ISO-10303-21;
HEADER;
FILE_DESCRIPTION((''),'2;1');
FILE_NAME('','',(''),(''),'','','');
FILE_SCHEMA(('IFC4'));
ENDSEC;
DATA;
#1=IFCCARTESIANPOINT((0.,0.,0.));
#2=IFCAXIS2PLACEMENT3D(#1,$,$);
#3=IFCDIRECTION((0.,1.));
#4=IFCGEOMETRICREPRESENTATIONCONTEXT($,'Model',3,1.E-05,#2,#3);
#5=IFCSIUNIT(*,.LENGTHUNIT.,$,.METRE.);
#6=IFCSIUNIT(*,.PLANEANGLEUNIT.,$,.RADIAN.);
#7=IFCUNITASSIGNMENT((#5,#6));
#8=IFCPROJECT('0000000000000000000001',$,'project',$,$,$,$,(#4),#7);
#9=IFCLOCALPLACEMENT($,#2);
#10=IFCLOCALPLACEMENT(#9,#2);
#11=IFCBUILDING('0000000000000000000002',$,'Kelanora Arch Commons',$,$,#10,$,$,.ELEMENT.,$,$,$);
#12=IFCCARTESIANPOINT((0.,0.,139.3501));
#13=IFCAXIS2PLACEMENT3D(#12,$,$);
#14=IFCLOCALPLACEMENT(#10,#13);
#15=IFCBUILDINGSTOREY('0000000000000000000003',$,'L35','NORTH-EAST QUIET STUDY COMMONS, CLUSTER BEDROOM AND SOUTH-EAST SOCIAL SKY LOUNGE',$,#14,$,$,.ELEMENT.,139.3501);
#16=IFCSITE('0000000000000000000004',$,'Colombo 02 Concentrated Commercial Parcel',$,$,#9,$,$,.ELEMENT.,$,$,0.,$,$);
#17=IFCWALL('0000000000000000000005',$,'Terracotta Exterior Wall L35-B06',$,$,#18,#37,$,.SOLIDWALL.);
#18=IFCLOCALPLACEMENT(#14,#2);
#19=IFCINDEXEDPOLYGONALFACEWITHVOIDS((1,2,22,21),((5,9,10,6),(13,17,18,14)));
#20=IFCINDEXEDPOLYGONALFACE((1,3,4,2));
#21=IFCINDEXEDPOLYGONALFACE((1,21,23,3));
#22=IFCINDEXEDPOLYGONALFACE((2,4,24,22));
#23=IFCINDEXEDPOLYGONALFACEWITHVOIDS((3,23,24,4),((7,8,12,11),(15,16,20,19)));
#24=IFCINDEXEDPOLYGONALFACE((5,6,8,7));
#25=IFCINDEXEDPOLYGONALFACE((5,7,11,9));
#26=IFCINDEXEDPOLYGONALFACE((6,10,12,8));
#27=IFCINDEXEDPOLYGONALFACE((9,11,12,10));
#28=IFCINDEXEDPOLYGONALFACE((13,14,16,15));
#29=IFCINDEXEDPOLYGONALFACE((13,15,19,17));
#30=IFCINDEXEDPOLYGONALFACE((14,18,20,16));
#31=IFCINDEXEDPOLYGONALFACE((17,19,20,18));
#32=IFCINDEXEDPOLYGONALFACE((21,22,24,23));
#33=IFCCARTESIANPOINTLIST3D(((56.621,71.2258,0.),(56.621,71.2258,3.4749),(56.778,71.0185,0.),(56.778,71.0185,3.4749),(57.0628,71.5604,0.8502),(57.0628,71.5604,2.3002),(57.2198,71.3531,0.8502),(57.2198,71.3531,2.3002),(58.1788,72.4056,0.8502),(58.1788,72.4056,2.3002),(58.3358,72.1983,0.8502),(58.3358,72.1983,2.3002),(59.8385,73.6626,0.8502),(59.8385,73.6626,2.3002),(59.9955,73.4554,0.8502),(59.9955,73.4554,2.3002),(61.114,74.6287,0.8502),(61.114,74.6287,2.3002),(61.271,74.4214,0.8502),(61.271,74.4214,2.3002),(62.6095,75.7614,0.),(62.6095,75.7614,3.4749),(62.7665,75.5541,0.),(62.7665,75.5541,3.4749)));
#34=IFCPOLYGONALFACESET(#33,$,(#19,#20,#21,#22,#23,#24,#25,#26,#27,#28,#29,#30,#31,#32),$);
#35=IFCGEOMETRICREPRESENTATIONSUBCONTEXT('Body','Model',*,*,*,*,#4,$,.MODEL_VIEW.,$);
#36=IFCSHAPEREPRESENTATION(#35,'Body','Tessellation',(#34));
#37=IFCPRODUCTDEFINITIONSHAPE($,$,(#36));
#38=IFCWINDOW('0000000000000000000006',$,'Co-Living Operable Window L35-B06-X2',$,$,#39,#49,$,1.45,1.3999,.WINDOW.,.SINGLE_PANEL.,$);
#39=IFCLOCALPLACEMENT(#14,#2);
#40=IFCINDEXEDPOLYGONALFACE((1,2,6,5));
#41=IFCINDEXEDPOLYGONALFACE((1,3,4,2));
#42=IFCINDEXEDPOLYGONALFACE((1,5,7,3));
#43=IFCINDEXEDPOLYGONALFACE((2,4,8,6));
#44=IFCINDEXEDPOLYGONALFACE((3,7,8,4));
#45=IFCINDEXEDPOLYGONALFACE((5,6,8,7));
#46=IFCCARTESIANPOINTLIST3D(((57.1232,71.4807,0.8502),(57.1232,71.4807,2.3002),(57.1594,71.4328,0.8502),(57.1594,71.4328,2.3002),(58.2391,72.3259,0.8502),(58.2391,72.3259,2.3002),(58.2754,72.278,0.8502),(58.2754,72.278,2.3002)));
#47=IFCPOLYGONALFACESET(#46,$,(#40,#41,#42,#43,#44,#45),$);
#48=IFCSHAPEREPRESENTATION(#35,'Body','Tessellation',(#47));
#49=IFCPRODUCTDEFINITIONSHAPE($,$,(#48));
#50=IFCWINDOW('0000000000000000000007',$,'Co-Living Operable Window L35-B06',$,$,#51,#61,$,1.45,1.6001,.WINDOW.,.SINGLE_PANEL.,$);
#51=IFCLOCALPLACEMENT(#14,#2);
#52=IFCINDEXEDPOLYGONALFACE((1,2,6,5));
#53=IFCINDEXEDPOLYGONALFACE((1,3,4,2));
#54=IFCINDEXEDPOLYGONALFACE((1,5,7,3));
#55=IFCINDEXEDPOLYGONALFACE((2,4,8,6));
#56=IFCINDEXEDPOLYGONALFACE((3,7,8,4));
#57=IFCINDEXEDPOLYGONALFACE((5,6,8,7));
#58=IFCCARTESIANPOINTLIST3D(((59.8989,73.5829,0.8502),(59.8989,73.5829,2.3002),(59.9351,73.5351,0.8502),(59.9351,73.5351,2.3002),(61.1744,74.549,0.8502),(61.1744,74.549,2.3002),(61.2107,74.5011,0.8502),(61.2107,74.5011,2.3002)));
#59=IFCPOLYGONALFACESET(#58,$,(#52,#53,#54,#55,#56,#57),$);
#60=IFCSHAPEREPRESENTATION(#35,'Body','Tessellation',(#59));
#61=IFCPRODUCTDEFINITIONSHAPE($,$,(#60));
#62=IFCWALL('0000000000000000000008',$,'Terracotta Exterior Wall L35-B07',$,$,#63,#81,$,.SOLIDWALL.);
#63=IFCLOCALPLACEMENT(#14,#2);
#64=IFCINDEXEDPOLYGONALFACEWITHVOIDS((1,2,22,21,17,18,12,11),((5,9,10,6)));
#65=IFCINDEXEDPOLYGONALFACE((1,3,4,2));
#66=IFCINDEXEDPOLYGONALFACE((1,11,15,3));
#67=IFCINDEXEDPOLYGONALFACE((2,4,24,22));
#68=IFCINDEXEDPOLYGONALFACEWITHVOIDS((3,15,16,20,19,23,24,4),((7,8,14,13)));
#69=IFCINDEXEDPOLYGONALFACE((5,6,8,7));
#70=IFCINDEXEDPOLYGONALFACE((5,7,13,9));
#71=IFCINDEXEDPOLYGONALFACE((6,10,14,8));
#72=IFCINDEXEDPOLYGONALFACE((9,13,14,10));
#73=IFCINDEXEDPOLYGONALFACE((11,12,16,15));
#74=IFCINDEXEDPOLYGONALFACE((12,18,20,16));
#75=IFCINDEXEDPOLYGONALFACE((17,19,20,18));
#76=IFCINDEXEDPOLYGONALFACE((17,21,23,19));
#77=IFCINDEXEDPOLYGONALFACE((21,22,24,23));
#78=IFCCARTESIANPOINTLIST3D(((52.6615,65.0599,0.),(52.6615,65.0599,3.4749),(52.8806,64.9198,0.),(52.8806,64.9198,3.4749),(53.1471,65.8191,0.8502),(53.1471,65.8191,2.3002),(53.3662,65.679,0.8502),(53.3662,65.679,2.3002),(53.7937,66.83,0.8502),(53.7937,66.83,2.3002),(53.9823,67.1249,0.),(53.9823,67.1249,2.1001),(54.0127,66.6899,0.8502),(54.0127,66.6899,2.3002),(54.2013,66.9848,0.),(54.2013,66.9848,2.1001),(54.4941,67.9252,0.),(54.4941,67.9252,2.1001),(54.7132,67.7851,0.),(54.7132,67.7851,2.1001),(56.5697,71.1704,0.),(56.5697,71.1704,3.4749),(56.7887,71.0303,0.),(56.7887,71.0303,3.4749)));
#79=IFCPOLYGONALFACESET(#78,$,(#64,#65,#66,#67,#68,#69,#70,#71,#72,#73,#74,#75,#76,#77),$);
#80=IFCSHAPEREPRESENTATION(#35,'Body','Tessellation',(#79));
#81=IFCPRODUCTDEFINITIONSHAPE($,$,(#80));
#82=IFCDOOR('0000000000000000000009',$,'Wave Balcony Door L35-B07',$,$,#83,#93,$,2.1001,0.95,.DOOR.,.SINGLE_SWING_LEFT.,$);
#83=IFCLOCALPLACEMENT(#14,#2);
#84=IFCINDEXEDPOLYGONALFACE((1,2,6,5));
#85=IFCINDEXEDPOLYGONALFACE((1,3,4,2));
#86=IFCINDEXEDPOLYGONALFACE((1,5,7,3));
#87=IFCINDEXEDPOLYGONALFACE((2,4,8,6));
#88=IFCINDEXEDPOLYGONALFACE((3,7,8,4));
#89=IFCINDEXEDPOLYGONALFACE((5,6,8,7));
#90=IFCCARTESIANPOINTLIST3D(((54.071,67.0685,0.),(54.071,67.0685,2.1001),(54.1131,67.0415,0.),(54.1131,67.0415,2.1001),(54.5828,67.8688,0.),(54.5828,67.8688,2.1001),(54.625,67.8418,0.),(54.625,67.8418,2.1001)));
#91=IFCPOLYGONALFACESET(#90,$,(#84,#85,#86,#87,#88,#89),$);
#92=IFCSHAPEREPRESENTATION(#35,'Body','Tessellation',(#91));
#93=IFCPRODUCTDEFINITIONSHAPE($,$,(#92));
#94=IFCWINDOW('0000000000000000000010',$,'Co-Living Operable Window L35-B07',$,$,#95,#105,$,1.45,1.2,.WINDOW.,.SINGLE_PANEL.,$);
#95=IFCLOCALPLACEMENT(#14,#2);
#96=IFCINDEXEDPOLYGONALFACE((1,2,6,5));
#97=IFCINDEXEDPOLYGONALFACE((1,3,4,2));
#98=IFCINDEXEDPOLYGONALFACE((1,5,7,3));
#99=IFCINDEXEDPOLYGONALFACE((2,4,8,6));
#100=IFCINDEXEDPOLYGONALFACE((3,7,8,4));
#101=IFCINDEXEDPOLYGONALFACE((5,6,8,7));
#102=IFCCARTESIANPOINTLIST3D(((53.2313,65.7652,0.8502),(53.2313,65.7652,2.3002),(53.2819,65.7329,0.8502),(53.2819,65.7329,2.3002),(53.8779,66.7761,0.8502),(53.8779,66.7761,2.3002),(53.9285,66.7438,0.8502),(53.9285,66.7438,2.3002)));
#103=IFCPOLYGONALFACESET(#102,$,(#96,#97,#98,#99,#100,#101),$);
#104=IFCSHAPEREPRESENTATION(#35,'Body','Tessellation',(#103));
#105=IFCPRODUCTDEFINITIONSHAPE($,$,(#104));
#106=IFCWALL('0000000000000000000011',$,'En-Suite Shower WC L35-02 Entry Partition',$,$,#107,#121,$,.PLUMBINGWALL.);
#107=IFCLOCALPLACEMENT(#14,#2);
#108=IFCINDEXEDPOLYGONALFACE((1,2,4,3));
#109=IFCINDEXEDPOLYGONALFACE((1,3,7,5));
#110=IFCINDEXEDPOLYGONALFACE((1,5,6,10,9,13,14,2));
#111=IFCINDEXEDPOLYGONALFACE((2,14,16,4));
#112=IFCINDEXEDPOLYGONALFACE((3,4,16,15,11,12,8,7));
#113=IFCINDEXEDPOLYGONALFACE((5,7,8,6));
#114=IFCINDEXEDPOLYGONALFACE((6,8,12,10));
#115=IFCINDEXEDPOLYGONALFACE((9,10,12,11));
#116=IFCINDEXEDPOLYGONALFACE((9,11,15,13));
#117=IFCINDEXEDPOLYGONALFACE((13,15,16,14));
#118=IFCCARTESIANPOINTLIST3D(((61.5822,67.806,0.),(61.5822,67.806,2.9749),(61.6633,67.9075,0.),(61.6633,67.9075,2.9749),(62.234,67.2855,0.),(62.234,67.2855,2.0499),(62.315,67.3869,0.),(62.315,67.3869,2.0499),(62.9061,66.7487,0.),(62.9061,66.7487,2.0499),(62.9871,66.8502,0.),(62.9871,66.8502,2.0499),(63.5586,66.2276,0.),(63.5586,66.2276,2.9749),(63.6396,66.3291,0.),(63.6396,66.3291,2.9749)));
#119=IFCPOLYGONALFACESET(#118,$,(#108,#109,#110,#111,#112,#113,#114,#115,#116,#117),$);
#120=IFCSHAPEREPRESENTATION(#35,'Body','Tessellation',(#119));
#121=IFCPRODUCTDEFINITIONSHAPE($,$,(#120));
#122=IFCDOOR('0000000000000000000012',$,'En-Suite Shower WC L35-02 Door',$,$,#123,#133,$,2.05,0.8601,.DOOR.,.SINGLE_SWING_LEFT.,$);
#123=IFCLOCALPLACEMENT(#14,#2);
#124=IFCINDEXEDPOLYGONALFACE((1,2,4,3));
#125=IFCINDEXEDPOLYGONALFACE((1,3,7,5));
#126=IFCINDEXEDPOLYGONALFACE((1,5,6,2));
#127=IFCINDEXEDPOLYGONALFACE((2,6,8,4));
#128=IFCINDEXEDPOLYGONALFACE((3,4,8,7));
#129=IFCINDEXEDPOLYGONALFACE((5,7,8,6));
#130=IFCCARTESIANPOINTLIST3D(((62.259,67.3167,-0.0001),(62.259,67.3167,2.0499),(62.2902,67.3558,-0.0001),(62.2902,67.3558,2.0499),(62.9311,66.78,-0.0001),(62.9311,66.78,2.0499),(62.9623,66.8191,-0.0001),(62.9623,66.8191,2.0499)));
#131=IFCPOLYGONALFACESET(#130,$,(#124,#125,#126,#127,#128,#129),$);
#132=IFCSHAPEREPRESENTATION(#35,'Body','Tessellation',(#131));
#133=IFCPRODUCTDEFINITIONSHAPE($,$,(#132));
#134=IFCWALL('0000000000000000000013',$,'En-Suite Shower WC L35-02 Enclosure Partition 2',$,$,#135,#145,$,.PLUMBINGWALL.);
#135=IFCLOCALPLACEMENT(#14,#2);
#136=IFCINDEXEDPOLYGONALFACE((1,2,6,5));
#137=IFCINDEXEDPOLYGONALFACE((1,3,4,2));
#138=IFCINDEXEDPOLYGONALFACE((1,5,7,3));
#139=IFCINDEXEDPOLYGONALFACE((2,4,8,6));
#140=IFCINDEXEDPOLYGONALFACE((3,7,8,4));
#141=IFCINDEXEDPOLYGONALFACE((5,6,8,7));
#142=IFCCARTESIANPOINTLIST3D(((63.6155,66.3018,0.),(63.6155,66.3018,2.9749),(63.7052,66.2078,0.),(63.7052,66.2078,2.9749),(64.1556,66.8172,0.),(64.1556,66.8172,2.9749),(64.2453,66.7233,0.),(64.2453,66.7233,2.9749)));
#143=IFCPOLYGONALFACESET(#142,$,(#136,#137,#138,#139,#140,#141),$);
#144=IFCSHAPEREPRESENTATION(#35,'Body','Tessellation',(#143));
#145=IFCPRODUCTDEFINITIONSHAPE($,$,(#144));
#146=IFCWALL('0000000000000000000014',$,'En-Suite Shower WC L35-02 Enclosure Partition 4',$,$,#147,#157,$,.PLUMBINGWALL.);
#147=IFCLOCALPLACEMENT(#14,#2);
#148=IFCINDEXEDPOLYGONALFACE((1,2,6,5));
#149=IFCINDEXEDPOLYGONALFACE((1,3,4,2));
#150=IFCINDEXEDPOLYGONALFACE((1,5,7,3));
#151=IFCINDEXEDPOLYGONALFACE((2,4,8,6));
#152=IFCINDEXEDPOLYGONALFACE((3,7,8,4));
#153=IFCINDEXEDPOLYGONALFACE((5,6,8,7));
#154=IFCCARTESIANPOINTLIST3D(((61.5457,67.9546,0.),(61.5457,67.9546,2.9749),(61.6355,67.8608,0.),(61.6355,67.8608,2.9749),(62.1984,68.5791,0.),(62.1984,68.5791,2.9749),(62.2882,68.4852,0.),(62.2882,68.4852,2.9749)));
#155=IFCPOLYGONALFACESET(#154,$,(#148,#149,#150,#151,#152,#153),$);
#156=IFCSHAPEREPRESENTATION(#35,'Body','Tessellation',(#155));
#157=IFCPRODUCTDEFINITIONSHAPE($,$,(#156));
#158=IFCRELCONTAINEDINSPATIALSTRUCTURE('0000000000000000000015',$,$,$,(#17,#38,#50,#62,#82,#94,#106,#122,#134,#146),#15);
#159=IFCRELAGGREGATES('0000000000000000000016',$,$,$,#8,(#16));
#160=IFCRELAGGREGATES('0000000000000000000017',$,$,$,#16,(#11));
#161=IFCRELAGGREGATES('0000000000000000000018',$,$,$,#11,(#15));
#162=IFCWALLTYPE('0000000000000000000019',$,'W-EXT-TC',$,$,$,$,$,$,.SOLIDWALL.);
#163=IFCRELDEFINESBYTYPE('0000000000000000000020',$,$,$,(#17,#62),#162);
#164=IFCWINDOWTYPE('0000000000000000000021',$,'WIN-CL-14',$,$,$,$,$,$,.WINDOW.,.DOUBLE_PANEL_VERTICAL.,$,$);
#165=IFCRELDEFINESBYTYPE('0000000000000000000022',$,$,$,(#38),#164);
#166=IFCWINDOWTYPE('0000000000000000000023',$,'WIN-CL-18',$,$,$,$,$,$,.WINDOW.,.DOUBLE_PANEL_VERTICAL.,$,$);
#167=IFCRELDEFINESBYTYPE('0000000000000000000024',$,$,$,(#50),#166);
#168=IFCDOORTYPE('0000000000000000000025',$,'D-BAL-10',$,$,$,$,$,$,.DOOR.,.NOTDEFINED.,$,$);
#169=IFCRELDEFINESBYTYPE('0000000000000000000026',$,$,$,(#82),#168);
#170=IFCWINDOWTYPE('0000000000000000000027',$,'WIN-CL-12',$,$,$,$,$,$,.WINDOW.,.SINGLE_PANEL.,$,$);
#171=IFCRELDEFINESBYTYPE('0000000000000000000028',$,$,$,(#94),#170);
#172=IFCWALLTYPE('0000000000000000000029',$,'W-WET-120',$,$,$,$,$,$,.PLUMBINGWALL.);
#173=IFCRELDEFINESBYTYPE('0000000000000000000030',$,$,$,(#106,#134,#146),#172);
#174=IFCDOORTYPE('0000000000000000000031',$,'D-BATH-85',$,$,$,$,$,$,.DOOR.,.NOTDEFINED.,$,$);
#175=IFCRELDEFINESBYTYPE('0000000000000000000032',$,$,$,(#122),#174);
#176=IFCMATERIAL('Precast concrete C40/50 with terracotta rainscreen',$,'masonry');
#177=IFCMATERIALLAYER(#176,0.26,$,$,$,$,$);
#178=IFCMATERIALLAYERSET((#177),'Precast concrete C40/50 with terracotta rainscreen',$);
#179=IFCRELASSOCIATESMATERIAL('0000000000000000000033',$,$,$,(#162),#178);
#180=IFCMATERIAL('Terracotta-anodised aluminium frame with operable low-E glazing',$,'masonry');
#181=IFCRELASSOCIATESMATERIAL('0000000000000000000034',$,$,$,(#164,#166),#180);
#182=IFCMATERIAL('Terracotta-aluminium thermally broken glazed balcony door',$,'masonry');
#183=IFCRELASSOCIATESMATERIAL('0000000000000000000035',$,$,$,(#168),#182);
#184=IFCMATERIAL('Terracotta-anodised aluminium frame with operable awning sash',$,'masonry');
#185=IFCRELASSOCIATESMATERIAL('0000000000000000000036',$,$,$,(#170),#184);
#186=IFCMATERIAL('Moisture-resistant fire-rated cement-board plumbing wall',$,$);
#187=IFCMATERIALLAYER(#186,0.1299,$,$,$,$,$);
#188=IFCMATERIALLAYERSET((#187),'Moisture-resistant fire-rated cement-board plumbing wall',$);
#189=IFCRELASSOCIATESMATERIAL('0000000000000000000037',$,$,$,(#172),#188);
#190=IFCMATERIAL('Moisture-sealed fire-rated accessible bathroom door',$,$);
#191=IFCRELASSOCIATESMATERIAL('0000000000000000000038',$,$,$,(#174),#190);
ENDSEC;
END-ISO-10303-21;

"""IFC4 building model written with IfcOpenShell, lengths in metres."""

from ifc_helpers import new_model, si_unit, direction, frame, frame_2d, origin, place, context, subcontext, project, spatial, rectangle, extrude, material, layer, layer_set, type_object, element, fill, save


model = new_model("IFC4")

# Units and contexts
model_context = context("Model", 3, precision=1e-05, world=origin(), true_north=direction((0.0, 1.0)))
body_context = subcontext(model_context, "Body", "Model", "MODEL_VIEW")
ifc_project = project(units=[si_unit("LENGTHUNIT", "METRE"), si_unit("PLANEANGLEUNIT", "RADIAN")], contexts=[model_context])

# Site, building, storey
site_placement = place(None, origin())
site = spatial("IfcSite", under=ifc_project, at=site_placement, Name="Colombo 02 Concentrated Commercial Parcel", CompositionType="ELEMENT", RefElevation=0.0)
building_placement = place(site_placement, origin())
building = spatial("IfcBuilding", under=site, at=building_placement, Name="Kelanora Arch Commons", CompositionType="ELEMENT")
storey_placement = place(building_placement, frame((0.0, 0.0, 139.3501)))
storey = spatial("IfcBuildingStorey", under=building, at=storey_placement, Name="L35", Description="NORTH-EAST QUIET STUDY COMMONS, CLUSTER BEDROOM AND SOUTH-EAST SOCIAL SKY LOUNGE", CompositionType="ELEMENT", Elevation=139.3501)

# Wall, openings, windows
ifc_material_1 = material(Name="Precast concrete C40/50 with terracotta rainscreen", Category="masonry")
ifc_layer_1 = layer(ifc_material_1, 0.26)
ifc_layer_set_1 = layer_set([ifc_layer_1], Name="Precast concrete C40/50 with terracotta rainscreen")
wall_type_1 = type_object("IfcWallType", Name="W-EXT-TC", PredefinedType="SOLIDWALL", material=ifc_layer_set_1)
wall_1_placement = place(storey_placement, frame((62.688, 75.6577, 0.0), z_axis=(0.0, 0.0, 1.0), x_axis=(-0.797164, -0.603763, 0.0)))
wall_1 = element("IfcWall", 1, at=wall_1_placement, inside=storey, type_object=wall_type_1, Name="Terracotta Exterior Wall L35-B06", PredefinedType="SOLIDWALL", context=body_context, shape_type="SweptSolid", body=[
    extrude(rectangle(XDim=7.5122, YDim=0.26, at=frame_2d((3.7561, 0.0))), origin(), (0.0, 0.0, 1.0), 3.4749),
])
opening_1_placement = place(wall_1_placement, frame((1.876, 0.0, 0.8501)))
opening_1 = element("IfcOpeningElement", 2, at=opening_1_placement, cuts=wall_1, PredefinedType="OPENING", context=body_context, shape_type="SweptSolid", body=[
    extrude(rectangle(XDim=1.6001, YDim=1.45, at=frame_2d((0.8, 0.7251))), frame((0.0, 0.1401, 0.0), z_axis=(0.0, -1.0, 0.0), x_axis=(1.0, 0.0, 0.0)), (0.0, 0.0, 1.0), 0.28),
])
opening_2_placement = place(wall_1_placement, frame((5.5581, 0.0, 0.8501)))
opening_2 = element("IfcOpeningElement", 3, at=opening_2_placement, cuts=wall_1, PredefinedType="OPENING", context=body_context, shape_type="SweptSolid", body=[
    extrude(rectangle(XDim=1.3999, YDim=1.45, at=frame_2d((0.7, 0.7251))), frame((0.0, 0.1401, 0.0), z_axis=(0.0, -1.0, 0.0), x_axis=(1.0, 0.0, 0.0)), (0.0, 0.0, 1.0), 0.28),
])
ifc_material_2 = material(Name="Terracotta-anodised aluminium frame with operable low-E glazing", Category="masonry")
window_type_1 = type_object("IfcWindowType", Name="WIN-CL-14", PartitioningType="DOUBLE_PANEL_VERTICAL", PredefinedType="WINDOW", material=ifc_material_2)
window_1_placement = place(opening_2_placement, origin())
window_1 = element("IfcWindow", 4, at=window_1_placement, inside=storey, type_object=window_type_1, Name="Co-Living Operable Window L35-B06-X2", OverallHeight=1.45, OverallWidth=1.3999, PartitioningType="SINGLE_PANEL", PredefinedType="WINDOW", context=body_context, shape_type="SweptSolid", body=[
    extrude(rectangle(XDim=1.3999, YDim=1.45, at=frame_2d((0.7, 0.7251))), frame((0.0, 0.03, 0.0), z_axis=(0.0, -1.0, 0.0), x_axis=(1.0, 0.0, 0.0)), (0.0, 0.0, 1.0), 0.0601),
])
fill(opening_2, window_1)
window_type_2 = type_object("IfcWindowType", Name="WIN-CL-18", PartitioningType="DOUBLE_PANEL_VERTICAL", PredefinedType="WINDOW", material=ifc_material_2)
window_2_placement = place(opening_1_placement, origin())
window_2 = element("IfcWindow", 5, at=window_2_placement, inside=storey, type_object=window_type_2, Name="Co-Living Operable Window L35-B06", OverallHeight=1.45, OverallWidth=1.6001, PartitioningType="SINGLE_PANEL", PredefinedType="WINDOW", context=body_context, shape_type="SweptSolid", body=[
    extrude(rectangle(XDim=1.6001, YDim=1.45, at=frame_2d((0.8, 0.7251))), frame((0.0, 0.03, 0.0), z_axis=(0.0, -1.0, 0.0), x_axis=(1.0, 0.0, 0.0)), (0.0, 0.0, 1.0), 0.0601),
])
fill(opening_1, window_2)

# Wall, openings, door, window
wall_2_placement = place(storey_placement, frame((56.6792, 71.1003, 0.0), z_axis=(0.0, 0.0, 1.0), x_axis=(-0.538802, -0.842433, 0.0)))
wall_2 = element("IfcWall", 6, at=wall_2_placement, inside=storey, type_object=wall_type_1, Name="Terracotta Exterior Wall L35-B07", PredefinedType="SOLIDWALL", context=body_context, shape_type="SweptSolid", body=[
    extrude(rectangle(XDim=7.2534, YDim=0.26, at=frame_2d((3.6267, 0.0))), origin(), (0.0, 0.0, 1.0), 3.4749),
])
opening_3_placement = place(wall_2_placement, frame((3.8521, 0.0, 0.0)))
opening_3 = element("IfcOpeningElement", 7, at=opening_3_placement, cuts=wall_2, PredefinedType="OPENING", context=body_context, shape_type="SweptSolid", body=[
    extrude(rectangle(XDim=0.95, YDim=2.1001, at=frame_2d((0.4751, 1.05))), frame((0.0, 0.1401, 0.0), z_axis=(0.0, -1.0, 0.0), x_axis=(1.0, 0.0, 0.0)), (0.0, 0.0, 1.0), 0.28),
])
opening_4_placement = place(wall_2_placement, frame((5.1521, 0.0, 0.8501)))
opening_4 = element("IfcOpeningElement", 8, at=opening_4_placement, cuts=wall_2, PredefinedType="OPENING", context=body_context, shape_type="SweptSolid", body=[
    extrude(rectangle(XDim=1.2, YDim=1.45, at=frame_2d((0.6001, 0.7251))), frame((0.0, 0.1401, 0.0), z_axis=(0.0, -1.0, 0.0), x_axis=(1.0, 0.0, 0.0)), (0.0, 0.0, 1.0), 0.28),
])
ifc_material_3 = material(Name="Terracotta-aluminium thermally broken glazed balcony door", Category="masonry")
door_type_1 = type_object("IfcDoorType", Name="D-BAL-10", OperationType="NOTDEFINED", PredefinedType="DOOR", material=ifc_material_3)
door_1_placement = place(opening_3_placement, frame((0.95, 0.0, 0.0), z_axis=(0.0, 0.0, 1.0), x_axis=(-1.0, 0.0, 0.0)))
door_1 = element("IfcDoor", 9, at=door_1_placement, inside=storey, type_object=door_type_1, Name="Wave Balcony Door L35-B07", OperationType="SINGLE_SWING_LEFT", OverallHeight=2.1001, OverallWidth=0.95, PredefinedType="DOOR", context=body_context, shape_type="SweptSolid", body=[
    extrude(rectangle(XDim=0.95, YDim=2.1001, at=frame_2d((0.4751, 1.05))), frame((0.0, 0.0249, 0.0), z_axis=(0.0, -1.0, 0.0), x_axis=(1.0, 0.0, 0.0)), (0.0, 0.0, 1.0), 0.05),
])
fill(opening_3, door_1)
ifc_material_4 = material(Name="Terracotta-anodised aluminium frame with operable awning sash", Category="masonry")
window_type_3 = type_object("IfcWindowType", Name="WIN-CL-12", PartitioningType="SINGLE_PANEL", PredefinedType="WINDOW", material=ifc_material_4)
window_3_placement = place(opening_4_placement, origin())
window_3 = element("IfcWindow", 10, at=window_3_placement, inside=storey, type_object=window_type_3, Name="Co-Living Operable Window L35-B07", OverallHeight=1.45, OverallWidth=1.2, PartitioningType="SINGLE_PANEL", PredefinedType="WINDOW", context=body_context, shape_type="SweptSolid", body=[
    extrude(rectangle(XDim=1.2, YDim=1.45, at=frame_2d((0.6001, 0.7251))), frame((0.0, 0.03, 0.0), z_axis=(0.0, -1.0, 0.0), x_axis=(1.0, 0.0, 0.0)), (0.0, 0.0, 1.0), 0.0601),
])
fill(opening_4, window_3)

# Wall, opening, door
ifc_material_5 = material(Name="Moisture-resistant fire-rated cement-board plumbing wall")
ifc_layer_2 = layer(ifc_material_5, 0.1299)
ifc_layer_set_2 = layer_set([ifc_layer_2], Name="Moisture-resistant fire-rated cement-board plumbing wall")
wall_type_2 = type_object("IfcWallType", Name="W-WET-120", PredefinedType="PLUMBINGWALL", material=ifc_layer_set_2)
wall_3_placement = place(storey_placement, frame((63.5991, 66.2783, 0.0), z_axis=(0.0, 0.0, 1.0), x_axis=(-0.781386, 0.624047, 0.0)))
wall_3 = element("IfcWall", 11, at=wall_3_placement, inside=storey, type_object=wall_type_2, Name="En-Suite Shower WC L35-02 Entry Partition", PredefinedType="PLUMBINGWALL", context=body_context, shape_type="SweptSolid", body=[
    extrude(rectangle(XDim=2.5293, YDim=0.1299, at=frame_2d((1.2646, 0.0))), origin(), (0.0, 0.0, 1.0), 2.9749),
])
opening_5_placement = place(wall_3_placement, frame((0.835, 0.0, 0.0)))
opening_5 = element("IfcOpeningElement", 12, at=opening_5_placement, cuts=wall_3, PredefinedType="OPENING", context=body_context, shape_type="SweptSolid", body=[
    extrude(rectangle(XDim=0.8601, YDim=2.05, at=frame_2d((0.4302, 1.0249))), frame((0.0, 0.075, 0.0), z_axis=(0.0, -1.0, 0.0), x_axis=(1.0, 0.0, 0.0)), (0.0, 0.0, 1.0), 0.1499),
])
ifc_material_6 = material(Name="Moisture-sealed fire-rated accessible bathroom door")
door_type_2 = type_object("IfcDoorType", Name="D-BATH-85", OperationType="NOTDEFINED", PredefinedType="DOOR", material=ifc_material_6)
door_2_placement = place(opening_5_placement, origin())
door_2 = element("IfcDoor", 13, at=door_2_placement, inside=storey, type_object=door_type_2, Name="En-Suite Shower WC L35-02 Door", OperationType="SINGLE_SWING_LEFT", OverallHeight=2.05, OverallWidth=0.8601, PredefinedType="DOOR", context=body_context, shape_type="SweptSolid", body=[
    extrude(rectangle(XDim=0.8601, YDim=2.05, at=frame_2d((0.4302, 1.0249))), frame((0.0, 0.0249, 0.0), z_axis=(0.0, -1.0, 0.0), x_axis=(1.0, 0.0, 0.0)), (0.0, 0.0, 1.0), 0.05),
])
fill(opening_5, door_2)

# Walls
wall_4_placement = place(storey_placement, frame((64.2004, 66.7703, 0.0), z_axis=(0.0, 0.0, 1.0), x_axis=(-0.72343, -0.690398, 0.0)))
element("IfcWall", 14, at=wall_4_placement, inside=storey, type_object=wall_type_2, Name="En-Suite Shower WC L35-02 Enclosure Partition 2", PredefinedType="PLUMBINGWALL", context=body_context, shape_type="SweptSolid", body=[
    extrude(rectangle(XDim=0.7466, YDim=0.1299, at=frame_2d((0.3733, 0.0))), origin(), (0.0, 0.0, 1.0), 2.9749),
])
wall_5_placement = place(storey_placement, frame((61.5906, 67.9077, 0.0), z_axis=(0.0, 0.0, 1.0), x_axis=(0.722607, 0.691259, 0.0)))
element("IfcWall", 15, at=wall_5_placement, inside=storey, type_object=wall_type_2, Name="En-Suite Shower WC L35-02 Enclosure Partition 4", PredefinedType="PLUMBINGWALL", context=body_context, shape_type="SweptSolid", body=[
    extrude(rectangle(XDim=0.9033, YDim=0.1299, at=frame_2d((0.4517, 0.0))), origin(), (0.0, 0.0, 1.0), 2.9749),
])

save(model, "model.ifc")
